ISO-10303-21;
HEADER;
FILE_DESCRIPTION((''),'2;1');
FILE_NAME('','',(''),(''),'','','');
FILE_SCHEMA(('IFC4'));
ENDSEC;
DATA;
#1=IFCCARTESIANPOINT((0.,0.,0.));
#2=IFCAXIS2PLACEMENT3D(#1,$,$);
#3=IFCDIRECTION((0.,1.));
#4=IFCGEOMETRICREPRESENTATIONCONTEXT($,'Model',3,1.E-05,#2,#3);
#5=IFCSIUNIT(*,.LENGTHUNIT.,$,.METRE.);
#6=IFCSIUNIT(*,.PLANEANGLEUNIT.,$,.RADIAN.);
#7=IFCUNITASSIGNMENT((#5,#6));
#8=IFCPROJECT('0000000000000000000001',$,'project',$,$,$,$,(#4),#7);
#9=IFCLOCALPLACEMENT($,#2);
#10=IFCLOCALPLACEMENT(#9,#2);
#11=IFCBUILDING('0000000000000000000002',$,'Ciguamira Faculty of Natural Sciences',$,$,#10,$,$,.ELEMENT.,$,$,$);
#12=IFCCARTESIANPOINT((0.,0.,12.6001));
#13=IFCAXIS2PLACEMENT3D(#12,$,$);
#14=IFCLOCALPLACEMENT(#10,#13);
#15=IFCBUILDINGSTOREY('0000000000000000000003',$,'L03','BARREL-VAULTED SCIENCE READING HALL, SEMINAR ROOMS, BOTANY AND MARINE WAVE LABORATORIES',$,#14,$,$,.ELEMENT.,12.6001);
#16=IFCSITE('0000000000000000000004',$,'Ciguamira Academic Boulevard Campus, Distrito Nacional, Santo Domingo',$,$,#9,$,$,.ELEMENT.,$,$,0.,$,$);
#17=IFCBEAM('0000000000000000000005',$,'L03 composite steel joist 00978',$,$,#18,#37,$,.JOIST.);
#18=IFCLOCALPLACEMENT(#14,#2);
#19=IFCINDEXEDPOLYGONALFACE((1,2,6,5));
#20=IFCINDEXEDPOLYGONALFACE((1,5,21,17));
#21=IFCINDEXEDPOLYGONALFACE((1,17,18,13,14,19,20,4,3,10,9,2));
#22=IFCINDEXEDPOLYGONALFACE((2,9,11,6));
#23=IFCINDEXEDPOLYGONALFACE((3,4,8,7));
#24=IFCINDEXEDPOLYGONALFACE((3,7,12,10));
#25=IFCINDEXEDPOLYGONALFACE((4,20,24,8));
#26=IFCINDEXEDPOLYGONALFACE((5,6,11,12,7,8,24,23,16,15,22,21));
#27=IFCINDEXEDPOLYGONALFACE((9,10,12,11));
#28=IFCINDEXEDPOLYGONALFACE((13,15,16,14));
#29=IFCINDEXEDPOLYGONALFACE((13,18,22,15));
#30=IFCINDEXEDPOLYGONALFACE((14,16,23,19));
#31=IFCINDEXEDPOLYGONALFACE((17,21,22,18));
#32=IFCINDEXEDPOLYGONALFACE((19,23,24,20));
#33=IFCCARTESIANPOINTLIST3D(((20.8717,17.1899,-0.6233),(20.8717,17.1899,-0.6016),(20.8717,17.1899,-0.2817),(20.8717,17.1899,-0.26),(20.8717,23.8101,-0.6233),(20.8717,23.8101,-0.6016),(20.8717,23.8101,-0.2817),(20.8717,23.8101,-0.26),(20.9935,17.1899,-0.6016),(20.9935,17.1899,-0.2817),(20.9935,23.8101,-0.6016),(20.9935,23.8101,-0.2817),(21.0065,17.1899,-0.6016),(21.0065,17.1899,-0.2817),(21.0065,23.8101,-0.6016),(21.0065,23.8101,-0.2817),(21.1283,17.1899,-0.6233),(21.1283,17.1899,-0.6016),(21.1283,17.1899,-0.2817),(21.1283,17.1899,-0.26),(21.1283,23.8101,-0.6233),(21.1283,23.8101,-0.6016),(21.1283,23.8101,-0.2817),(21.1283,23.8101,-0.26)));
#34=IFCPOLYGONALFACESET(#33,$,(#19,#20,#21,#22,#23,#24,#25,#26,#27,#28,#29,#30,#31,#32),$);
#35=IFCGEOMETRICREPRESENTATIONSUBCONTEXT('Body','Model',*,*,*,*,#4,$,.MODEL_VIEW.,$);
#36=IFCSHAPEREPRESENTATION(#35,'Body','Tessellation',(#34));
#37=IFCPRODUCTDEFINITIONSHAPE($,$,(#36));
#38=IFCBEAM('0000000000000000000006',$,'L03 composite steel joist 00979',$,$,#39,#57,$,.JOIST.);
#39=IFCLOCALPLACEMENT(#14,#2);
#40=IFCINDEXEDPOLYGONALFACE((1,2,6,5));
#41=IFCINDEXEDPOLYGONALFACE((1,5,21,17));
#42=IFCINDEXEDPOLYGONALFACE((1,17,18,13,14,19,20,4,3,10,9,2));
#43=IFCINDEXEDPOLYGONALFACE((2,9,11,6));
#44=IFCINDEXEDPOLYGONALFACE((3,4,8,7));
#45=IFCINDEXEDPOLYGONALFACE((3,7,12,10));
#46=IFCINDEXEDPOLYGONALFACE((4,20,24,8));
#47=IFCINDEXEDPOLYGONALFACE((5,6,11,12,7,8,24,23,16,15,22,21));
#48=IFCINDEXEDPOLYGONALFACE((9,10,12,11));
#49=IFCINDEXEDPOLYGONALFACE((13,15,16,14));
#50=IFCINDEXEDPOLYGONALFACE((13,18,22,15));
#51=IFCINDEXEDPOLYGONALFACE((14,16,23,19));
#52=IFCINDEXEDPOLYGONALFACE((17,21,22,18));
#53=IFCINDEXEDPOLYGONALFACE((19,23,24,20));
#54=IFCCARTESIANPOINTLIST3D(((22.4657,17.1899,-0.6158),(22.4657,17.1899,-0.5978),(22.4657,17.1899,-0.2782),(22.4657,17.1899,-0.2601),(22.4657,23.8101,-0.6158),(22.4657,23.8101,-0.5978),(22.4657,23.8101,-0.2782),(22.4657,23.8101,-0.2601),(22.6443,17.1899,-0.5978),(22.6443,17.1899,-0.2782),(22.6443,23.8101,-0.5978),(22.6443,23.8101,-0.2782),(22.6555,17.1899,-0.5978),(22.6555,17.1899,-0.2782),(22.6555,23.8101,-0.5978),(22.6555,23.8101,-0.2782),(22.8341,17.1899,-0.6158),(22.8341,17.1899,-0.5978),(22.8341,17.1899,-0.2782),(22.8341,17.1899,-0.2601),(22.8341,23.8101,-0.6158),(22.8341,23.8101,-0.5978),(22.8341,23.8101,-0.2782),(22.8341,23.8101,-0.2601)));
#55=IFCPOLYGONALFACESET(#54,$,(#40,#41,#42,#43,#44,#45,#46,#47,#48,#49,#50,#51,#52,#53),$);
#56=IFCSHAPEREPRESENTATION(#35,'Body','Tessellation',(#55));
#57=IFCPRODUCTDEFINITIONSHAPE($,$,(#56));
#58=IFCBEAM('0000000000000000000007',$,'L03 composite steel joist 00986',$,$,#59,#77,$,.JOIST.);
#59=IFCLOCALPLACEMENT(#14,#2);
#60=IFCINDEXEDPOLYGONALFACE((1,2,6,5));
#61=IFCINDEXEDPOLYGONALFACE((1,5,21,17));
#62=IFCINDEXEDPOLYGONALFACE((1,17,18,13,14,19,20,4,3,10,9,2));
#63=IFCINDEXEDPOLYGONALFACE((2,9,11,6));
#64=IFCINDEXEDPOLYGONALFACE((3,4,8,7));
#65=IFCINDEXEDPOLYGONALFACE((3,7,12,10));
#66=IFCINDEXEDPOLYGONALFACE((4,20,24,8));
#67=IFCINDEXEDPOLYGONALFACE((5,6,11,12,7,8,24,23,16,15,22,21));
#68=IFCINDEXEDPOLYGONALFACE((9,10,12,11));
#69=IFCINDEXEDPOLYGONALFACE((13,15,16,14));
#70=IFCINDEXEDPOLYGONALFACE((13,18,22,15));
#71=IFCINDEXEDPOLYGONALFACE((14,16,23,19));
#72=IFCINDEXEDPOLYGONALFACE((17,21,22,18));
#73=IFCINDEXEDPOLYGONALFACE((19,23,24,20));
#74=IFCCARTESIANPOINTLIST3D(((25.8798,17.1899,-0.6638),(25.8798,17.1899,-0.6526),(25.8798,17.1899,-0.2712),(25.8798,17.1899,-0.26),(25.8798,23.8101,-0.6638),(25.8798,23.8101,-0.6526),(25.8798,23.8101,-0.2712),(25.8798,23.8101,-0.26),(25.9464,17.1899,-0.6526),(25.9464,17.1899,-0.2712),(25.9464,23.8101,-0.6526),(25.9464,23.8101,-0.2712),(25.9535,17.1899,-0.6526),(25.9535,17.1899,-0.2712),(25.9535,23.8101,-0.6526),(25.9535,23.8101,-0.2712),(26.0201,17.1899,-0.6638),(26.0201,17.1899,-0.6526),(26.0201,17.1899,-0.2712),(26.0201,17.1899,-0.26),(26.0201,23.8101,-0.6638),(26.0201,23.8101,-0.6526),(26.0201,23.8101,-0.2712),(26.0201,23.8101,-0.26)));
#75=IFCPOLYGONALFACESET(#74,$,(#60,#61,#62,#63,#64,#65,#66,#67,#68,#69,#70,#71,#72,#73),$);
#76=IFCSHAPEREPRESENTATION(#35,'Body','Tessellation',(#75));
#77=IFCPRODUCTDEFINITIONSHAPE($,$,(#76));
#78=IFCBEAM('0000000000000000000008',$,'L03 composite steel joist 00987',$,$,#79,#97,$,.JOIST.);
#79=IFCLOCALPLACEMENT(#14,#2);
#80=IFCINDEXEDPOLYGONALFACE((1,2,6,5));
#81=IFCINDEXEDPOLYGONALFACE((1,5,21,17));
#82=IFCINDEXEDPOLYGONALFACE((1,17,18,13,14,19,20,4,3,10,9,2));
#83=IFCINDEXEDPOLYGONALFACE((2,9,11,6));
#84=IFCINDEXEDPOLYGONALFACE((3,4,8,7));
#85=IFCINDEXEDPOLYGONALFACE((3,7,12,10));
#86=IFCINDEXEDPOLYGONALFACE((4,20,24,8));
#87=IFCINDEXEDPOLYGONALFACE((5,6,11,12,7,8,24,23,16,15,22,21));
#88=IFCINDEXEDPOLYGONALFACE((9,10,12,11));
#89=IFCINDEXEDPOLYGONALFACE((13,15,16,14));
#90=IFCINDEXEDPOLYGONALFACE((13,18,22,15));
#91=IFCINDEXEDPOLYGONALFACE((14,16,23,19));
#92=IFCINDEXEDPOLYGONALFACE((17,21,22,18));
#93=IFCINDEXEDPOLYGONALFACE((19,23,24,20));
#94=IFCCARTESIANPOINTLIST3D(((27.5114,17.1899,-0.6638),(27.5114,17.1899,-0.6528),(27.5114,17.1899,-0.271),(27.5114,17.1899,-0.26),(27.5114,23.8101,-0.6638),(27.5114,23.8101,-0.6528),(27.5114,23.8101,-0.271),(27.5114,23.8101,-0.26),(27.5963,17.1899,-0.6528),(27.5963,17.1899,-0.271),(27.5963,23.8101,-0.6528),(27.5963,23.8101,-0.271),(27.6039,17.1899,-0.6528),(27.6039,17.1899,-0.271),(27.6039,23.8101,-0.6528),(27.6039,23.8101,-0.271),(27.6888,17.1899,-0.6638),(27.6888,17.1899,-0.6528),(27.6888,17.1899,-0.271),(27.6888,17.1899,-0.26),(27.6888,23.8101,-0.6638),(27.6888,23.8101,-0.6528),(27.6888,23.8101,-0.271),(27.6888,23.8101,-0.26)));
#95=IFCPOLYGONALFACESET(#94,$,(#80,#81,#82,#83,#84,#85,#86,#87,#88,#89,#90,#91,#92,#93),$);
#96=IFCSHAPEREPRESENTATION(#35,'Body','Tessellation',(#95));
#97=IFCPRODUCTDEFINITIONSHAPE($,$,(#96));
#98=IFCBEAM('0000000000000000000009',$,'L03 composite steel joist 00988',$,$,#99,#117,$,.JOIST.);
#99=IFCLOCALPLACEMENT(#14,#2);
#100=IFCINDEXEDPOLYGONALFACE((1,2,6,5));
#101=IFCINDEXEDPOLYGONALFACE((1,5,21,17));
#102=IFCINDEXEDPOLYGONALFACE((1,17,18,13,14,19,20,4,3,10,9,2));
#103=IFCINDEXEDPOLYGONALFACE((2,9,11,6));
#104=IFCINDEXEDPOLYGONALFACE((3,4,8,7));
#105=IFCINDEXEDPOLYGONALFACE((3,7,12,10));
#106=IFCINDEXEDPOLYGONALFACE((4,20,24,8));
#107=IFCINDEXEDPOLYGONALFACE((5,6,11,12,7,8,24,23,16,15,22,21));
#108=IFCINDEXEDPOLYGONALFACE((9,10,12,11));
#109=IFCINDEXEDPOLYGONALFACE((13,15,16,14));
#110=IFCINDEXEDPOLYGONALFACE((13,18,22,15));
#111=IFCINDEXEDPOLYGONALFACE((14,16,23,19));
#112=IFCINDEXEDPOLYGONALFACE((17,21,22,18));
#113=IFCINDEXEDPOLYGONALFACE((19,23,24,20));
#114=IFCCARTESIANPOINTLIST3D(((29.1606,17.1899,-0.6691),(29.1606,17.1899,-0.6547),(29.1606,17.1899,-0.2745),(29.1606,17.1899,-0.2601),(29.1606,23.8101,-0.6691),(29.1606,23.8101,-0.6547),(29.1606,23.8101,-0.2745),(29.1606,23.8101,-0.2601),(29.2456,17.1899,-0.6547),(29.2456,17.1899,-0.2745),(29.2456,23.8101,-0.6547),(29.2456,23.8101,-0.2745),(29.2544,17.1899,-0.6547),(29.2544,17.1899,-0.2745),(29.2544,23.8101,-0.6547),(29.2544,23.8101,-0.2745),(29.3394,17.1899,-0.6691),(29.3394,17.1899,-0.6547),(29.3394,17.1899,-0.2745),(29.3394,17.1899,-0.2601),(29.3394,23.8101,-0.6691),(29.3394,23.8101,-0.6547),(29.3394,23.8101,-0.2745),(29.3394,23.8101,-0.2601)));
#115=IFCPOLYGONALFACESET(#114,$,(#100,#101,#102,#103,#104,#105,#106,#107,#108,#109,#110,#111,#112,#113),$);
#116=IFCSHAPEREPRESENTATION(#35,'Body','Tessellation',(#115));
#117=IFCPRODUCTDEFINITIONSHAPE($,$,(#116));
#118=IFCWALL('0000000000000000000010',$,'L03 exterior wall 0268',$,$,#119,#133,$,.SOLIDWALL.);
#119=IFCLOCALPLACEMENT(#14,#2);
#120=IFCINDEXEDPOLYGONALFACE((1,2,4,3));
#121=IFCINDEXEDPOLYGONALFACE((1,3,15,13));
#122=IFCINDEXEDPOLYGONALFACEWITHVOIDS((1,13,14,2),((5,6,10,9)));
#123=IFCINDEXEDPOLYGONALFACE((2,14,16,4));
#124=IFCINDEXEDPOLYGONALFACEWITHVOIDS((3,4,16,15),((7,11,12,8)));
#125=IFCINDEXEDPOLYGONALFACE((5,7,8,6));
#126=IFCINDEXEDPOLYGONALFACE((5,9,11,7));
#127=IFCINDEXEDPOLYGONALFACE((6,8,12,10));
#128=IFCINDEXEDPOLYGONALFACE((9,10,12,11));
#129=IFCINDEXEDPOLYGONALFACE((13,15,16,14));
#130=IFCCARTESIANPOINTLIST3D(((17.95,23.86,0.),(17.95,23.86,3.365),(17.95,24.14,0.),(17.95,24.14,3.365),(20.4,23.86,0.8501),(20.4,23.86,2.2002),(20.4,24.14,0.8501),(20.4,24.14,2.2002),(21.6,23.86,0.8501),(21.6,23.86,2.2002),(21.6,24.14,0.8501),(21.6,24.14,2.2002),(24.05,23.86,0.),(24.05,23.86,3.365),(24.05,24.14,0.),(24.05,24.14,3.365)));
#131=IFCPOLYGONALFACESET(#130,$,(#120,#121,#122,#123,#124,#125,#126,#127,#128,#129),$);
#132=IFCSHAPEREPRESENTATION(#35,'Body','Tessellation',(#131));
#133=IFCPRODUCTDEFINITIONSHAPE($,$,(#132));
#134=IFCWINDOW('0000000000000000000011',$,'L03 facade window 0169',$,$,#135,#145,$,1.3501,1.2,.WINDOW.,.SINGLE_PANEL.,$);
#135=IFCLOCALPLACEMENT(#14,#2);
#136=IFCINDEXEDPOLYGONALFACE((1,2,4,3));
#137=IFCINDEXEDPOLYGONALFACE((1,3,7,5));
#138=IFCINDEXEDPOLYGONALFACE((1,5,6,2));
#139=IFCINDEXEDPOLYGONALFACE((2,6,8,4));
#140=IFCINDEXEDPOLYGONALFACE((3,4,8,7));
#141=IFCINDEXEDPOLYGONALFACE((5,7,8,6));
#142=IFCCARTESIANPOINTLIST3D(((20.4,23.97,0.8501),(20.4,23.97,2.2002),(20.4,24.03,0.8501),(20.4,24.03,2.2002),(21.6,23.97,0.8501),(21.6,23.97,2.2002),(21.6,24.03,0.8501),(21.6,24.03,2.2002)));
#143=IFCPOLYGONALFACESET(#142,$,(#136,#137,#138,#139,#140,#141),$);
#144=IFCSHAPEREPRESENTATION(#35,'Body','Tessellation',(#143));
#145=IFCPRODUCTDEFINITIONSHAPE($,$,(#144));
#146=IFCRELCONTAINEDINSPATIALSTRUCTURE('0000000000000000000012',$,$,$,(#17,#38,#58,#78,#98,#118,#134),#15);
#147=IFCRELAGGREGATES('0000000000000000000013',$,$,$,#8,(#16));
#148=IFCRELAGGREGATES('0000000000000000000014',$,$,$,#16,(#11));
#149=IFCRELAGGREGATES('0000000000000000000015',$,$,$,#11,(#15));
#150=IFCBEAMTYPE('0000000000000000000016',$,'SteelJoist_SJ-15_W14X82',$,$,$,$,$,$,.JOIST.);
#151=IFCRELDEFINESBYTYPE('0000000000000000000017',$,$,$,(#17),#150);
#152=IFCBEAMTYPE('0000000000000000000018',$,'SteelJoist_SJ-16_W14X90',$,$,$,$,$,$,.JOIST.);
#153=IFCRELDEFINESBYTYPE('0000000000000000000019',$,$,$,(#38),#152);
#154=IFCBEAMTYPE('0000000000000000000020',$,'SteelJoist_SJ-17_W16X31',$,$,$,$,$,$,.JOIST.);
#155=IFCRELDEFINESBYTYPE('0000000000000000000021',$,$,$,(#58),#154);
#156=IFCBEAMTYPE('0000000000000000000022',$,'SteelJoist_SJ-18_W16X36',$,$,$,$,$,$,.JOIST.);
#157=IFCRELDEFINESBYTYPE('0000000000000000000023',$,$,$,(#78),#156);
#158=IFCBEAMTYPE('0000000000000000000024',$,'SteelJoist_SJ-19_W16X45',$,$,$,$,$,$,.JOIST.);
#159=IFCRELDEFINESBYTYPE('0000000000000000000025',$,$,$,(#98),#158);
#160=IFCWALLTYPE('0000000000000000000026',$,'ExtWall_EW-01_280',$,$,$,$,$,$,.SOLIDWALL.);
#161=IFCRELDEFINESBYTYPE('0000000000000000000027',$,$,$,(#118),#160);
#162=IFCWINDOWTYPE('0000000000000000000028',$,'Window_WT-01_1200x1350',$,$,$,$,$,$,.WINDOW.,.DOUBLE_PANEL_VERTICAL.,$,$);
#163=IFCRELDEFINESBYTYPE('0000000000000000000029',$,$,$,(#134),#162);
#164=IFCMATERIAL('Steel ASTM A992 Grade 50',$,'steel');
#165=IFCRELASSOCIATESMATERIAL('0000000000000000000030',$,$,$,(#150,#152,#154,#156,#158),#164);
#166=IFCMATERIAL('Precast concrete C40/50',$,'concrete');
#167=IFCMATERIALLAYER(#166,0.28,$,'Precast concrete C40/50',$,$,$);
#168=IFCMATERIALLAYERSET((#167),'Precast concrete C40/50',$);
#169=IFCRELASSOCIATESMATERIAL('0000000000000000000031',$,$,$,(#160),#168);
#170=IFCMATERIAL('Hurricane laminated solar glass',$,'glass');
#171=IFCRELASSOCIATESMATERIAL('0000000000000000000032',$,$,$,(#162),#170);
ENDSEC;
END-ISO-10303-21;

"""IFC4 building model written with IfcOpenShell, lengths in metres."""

from ifc_helpers import new_model, si_unit, direction, frame, frame_2d, origin, origin_2d, place, context, subcontext, project, spatial, rectangle, i_section, extrude, material, layer, layer_set, material_profile, profile_set, type_object, element, fill, save


model = new_model("IFC4")

# Units and contexts
model_context = context("Model", 3, precision=1e-05, world=origin(), true_north=direction((0.0, 1.0)))
body_context = subcontext(model_context, "Body", "Model", "MODEL_VIEW")
ifc_project = project(units=[si_unit("LENGTHUNIT", "METRE"), si_unit("PLANEANGLEUNIT", "RADIAN")], contexts=[model_context])

# Site, building, storey
site_placement = place(None, origin())
site = spatial("IfcSite", under=ifc_project, at=site_placement, Name="Ciguamira Academic Boulevard Campus, Distrito Nacional, Santo Domingo", CompositionType="ELEMENT", RefElevation=0.0)
building_placement = place(site_placement, origin())
building = spatial("IfcBuilding", under=site, at=building_placement, Name="Ciguamira Faculty of Natural Sciences", CompositionType="ELEMENT")
storey_placement = place(building_placement, frame((0.0, 0.0, 12.6001)))
storey = spatial("IfcBuildingStorey", under=building, at=storey_placement, Name="L03", Description="BARREL-VAULTED SCIENCE READING HALL, SEMINAR ROOMS, BOTANY AND MARINE WAVE LABORATORIES", CompositionType="ELEMENT", Elevation=12.6001)

# Beams
ifc_material_1 = material(Name="Steel ASTM A992 Grade 50", Category="steel")
ifc_material_profile_1 = material_profile(ifc_material_1, i_section(OverallWidth=0.2566, OverallDepth=0.3633, WebThickness=0.0129, FlangeThickness=0.0217, at=origin_2d()), Name="W14X82")
ifc_profile_set_1 = profile_set([ifc_material_profile_1], Name="Steel ASTM A992 Grade 50")
beam_type_1 = type_object("IfcBeamType", Name="SteelJoist_SJ-15_W14X82", PredefinedType="JOIST", material=ifc_profile_set_1)
beam_1_placement = place(storey_placement, frame((21.0, 17.1899, -0.4417), z_axis=(0.0, 1.0, 0.0), x_axis=(-1.0, 0.0, 0.0)))
element("IfcBeam", 1, at=beam_1_placement, inside=storey, type_object=beam_type_1, Name="L03 composite steel joist 00978", PredefinedType="JOIST", context=body_context, shape_type="SweptSolid", body=[
    extrude(i_section(OverallWidth=0.2566, OverallDepth=0.3633, WebThickness=0.0129, FlangeThickness=0.0217, at=origin_2d()), origin(), (0.0, 0.0, 1.0), 6.6201),
])
ifc_material_profile_2 = material_profile(ifc_material_1, i_section(OverallWidth=0.3684, OverallDepth=0.3557, WebThickness=0.0112, FlangeThickness=0.0181, at=origin_2d()), Name="W14X90")
ifc_profile_set_2 = profile_set([ifc_material_profile_2], Name="Steel ASTM A992 Grade 50")
beam_type_2 = type_object("IfcBeamType", Name="SteelJoist_SJ-16_W14X90", PredefinedType="JOIST", material=ifc_profile_set_2)
beam_2_placement = place(storey_placement, frame((22.6499, 17.1899, -0.438), z_axis=(0.0, 1.0, 0.0), x_axis=(-1.0, 0.0, 0.0)))
element("IfcBeam", 2, at=beam_2_placement, inside=storey, type_object=beam_type_2, Name="L03 composite steel joist 00979", PredefinedType="JOIST", context=body_context, shape_type="SweptSolid", body=[
    extrude(i_section(OverallWidth=0.3684, OverallDepth=0.3557, WebThickness=0.0112, FlangeThickness=0.0181, at=origin_2d()), origin(), (0.0, 0.0, 1.0), 6.6201),
])
ifc_material_profile_3 = material_profile(ifc_material_1, i_section(OverallWidth=0.1404, OverallDepth=0.4038, WebThickness=0.0071, FlangeThickness=0.0112, at=origin_2d()), Name="W16X31")
ifc_profile_set_3 = profile_set([ifc_material_profile_3], Name="Steel ASTM A992 Grade 50")
beam_type_3 = type_object("IfcBeamType", Name="SteelJoist_SJ-17_W16X31", PredefinedType="JOIST", material=ifc_profile_set_3)
beam_3_placement = place(storey_placement, frame((25.95, 17.1899, -0.4619), z_axis=(0.0, 1.0, 0.0), x_axis=(-1.0, 0.0, 0.0)))
element("IfcBeam", 3, at=beam_3_placement, inside=storey, type_object=beam_type_3, Name="L03 composite steel joist 00986", PredefinedType="JOIST", context=body_context, shape_type="SweptSolid", body=[
    extrude(i_section(OverallWidth=0.1404, OverallDepth=0.4038, WebThickness=0.0071, FlangeThickness=0.0112, at=origin_2d()), origin(), (0.0, 0.0, 1.0), 6.6201),
])
ifc_material_profile_4 = material_profile(ifc_material_1, i_section(OverallWidth=0.1775, OverallDepth=0.4038, WebThickness=0.0076, FlangeThickness=0.011, at=origin_2d()), Name="W16X36")
ifc_profile_set_4 = profile_set([ifc_material_profile_4], Name="Steel ASTM A992 Grade 50")
beam_type_4 = type_object("IfcBeamType", Name="SteelJoist_SJ-18_W16X36", PredefinedType="JOIST", material=ifc_profile_set_4)
beam_4_placement = place(storey_placement, frame((27.6001, 17.1899, -0.4619), z_axis=(0.0, 1.0, 0.0), x_axis=(-1.0, 0.0, 0.0)))
element("IfcBeam", 4, at=beam_4_placement, inside=storey, type_object=beam_type_4, Name="L03 composite steel joist 00987", PredefinedType="JOIST", context=body_context, shape_type="SweptSolid", body=[
    extrude(i_section(OverallWidth=0.1775, OverallDepth=0.4038, WebThickness=0.0076, FlangeThickness=0.011, at=origin_2d()), origin(), (0.0, 0.0, 1.0), 6.6201),
])
ifc_material_profile_5 = material_profile(ifc_material_1, i_section(OverallWidth=0.1787, OverallDepth=0.4089, WebThickness=0.0088, FlangeThickness=0.0144, at=origin_2d()), Name="W16X45")
ifc_profile_set_5 = profile_set([ifc_material_profile_5], Name="Steel ASTM A992 Grade 50")
beam_type_5 = type_object("IfcBeamType", Name="SteelJoist_SJ-19_W16X45", PredefinedType="JOIST", material=ifc_profile_set_5)
beam_5_placement = place(storey_placement, frame((29.25, 17.1899, -0.4646), z_axis=(0.0, 1.0, 0.0), x_axis=(-1.0, 0.0, 0.0)))
element("IfcBeam", 5, at=beam_5_placement, inside=storey, type_object=beam_type_5, Name="L03 composite steel joist 00988", PredefinedType="JOIST", context=body_context, shape_type="SweptSolid", body=[
    extrude(i_section(OverallWidth=0.1787, OverallDepth=0.4089, WebThickness=0.0088, FlangeThickness=0.0144, at=origin_2d()), origin(), (0.0, 0.0, 1.0), 6.6201),
])

# Wall, opening, window
ifc_material_2 = material(Name="Precast concrete C40/50", Category="concrete")
ifc_layer = layer(ifc_material_2, 0.28, Name="Precast concrete C40/50")
ifc_layer_set = layer_set([ifc_layer], Name="Precast concrete C40/50")
wall_type = type_object("IfcWallType", Name="ExtWall_EW-01_280", PredefinedType="SOLIDWALL", material=ifc_layer_set)
wall_1_placement = place(storey_placement, frame((17.95, 24.0, 0.0), z_axis=(0.0, 0.0, 1.0), x_axis=(1.0, 0.0, 0.0)))
wall_1 = element("IfcWall", 6, at=wall_1_placement, inside=storey, type_object=wall_type, Name="L03 exterior wall 0268", PredefinedType="SOLIDWALL", context=body_context, shape_type="SweptSolid", body=[
    extrude(rectangle(XDim=6.1001, YDim=0.28, at=frame_2d((3.05, 0.0))), origin(), (0.0, 0.0, 1.0), 3.365),
])
opening_1_placement = place(wall_1_placement, frame((2.45, 0.0, 0.8501)))
opening_1 = element("IfcOpeningElement", 7, at=opening_1_placement, cuts=wall_1, PredefinedType="OPENING", context=body_context, shape_type="SweptSolid", body=[
    extrude(rectangle(XDim=1.2, YDim=1.3501, at=frame_2d((0.6001, 0.675))), frame((0.0, 0.1499, 0.0), z_axis=(0.0, -1.0, 0.0), x_axis=(1.0, 0.0, 0.0)), (0.0, 0.0, 1.0), 0.3),
])
ifc_material_3 = material(Name="Hurricane laminated solar glass", Category="glass")
window_type_1 = type_object("IfcWindowType", Name="Window_WT-01_1200x1350", PartitioningType="DOUBLE_PANEL_VERTICAL", PredefinedType="WINDOW", material=ifc_material_3)
window_1_placement = place(opening_1_placement, origin())
window_1 = element("IfcWindow", 8, at=window_1_placement, inside=storey, type_object=window_type_1, Name="L03 facade window 0169", OverallHeight=1.3501, OverallWidth=1.2, PartitioningType="SINGLE_PANEL", PredefinedType="WINDOW", context=body_context, shape_type="SweptSolid", body=[
    extrude(rectangle(XDim=1.2, YDim=1.3501, at=frame_2d((0.6001, 0.675))), frame((0.0, 0.03, 0.0), z_axis=(0.0, -1.0, 0.0), x_axis=(1.0, 0.0, 0.0)), (0.0, 0.0, 1.0), 0.0601),
])
fill(opening_1, window_1)

save(model, "model.ifc")
